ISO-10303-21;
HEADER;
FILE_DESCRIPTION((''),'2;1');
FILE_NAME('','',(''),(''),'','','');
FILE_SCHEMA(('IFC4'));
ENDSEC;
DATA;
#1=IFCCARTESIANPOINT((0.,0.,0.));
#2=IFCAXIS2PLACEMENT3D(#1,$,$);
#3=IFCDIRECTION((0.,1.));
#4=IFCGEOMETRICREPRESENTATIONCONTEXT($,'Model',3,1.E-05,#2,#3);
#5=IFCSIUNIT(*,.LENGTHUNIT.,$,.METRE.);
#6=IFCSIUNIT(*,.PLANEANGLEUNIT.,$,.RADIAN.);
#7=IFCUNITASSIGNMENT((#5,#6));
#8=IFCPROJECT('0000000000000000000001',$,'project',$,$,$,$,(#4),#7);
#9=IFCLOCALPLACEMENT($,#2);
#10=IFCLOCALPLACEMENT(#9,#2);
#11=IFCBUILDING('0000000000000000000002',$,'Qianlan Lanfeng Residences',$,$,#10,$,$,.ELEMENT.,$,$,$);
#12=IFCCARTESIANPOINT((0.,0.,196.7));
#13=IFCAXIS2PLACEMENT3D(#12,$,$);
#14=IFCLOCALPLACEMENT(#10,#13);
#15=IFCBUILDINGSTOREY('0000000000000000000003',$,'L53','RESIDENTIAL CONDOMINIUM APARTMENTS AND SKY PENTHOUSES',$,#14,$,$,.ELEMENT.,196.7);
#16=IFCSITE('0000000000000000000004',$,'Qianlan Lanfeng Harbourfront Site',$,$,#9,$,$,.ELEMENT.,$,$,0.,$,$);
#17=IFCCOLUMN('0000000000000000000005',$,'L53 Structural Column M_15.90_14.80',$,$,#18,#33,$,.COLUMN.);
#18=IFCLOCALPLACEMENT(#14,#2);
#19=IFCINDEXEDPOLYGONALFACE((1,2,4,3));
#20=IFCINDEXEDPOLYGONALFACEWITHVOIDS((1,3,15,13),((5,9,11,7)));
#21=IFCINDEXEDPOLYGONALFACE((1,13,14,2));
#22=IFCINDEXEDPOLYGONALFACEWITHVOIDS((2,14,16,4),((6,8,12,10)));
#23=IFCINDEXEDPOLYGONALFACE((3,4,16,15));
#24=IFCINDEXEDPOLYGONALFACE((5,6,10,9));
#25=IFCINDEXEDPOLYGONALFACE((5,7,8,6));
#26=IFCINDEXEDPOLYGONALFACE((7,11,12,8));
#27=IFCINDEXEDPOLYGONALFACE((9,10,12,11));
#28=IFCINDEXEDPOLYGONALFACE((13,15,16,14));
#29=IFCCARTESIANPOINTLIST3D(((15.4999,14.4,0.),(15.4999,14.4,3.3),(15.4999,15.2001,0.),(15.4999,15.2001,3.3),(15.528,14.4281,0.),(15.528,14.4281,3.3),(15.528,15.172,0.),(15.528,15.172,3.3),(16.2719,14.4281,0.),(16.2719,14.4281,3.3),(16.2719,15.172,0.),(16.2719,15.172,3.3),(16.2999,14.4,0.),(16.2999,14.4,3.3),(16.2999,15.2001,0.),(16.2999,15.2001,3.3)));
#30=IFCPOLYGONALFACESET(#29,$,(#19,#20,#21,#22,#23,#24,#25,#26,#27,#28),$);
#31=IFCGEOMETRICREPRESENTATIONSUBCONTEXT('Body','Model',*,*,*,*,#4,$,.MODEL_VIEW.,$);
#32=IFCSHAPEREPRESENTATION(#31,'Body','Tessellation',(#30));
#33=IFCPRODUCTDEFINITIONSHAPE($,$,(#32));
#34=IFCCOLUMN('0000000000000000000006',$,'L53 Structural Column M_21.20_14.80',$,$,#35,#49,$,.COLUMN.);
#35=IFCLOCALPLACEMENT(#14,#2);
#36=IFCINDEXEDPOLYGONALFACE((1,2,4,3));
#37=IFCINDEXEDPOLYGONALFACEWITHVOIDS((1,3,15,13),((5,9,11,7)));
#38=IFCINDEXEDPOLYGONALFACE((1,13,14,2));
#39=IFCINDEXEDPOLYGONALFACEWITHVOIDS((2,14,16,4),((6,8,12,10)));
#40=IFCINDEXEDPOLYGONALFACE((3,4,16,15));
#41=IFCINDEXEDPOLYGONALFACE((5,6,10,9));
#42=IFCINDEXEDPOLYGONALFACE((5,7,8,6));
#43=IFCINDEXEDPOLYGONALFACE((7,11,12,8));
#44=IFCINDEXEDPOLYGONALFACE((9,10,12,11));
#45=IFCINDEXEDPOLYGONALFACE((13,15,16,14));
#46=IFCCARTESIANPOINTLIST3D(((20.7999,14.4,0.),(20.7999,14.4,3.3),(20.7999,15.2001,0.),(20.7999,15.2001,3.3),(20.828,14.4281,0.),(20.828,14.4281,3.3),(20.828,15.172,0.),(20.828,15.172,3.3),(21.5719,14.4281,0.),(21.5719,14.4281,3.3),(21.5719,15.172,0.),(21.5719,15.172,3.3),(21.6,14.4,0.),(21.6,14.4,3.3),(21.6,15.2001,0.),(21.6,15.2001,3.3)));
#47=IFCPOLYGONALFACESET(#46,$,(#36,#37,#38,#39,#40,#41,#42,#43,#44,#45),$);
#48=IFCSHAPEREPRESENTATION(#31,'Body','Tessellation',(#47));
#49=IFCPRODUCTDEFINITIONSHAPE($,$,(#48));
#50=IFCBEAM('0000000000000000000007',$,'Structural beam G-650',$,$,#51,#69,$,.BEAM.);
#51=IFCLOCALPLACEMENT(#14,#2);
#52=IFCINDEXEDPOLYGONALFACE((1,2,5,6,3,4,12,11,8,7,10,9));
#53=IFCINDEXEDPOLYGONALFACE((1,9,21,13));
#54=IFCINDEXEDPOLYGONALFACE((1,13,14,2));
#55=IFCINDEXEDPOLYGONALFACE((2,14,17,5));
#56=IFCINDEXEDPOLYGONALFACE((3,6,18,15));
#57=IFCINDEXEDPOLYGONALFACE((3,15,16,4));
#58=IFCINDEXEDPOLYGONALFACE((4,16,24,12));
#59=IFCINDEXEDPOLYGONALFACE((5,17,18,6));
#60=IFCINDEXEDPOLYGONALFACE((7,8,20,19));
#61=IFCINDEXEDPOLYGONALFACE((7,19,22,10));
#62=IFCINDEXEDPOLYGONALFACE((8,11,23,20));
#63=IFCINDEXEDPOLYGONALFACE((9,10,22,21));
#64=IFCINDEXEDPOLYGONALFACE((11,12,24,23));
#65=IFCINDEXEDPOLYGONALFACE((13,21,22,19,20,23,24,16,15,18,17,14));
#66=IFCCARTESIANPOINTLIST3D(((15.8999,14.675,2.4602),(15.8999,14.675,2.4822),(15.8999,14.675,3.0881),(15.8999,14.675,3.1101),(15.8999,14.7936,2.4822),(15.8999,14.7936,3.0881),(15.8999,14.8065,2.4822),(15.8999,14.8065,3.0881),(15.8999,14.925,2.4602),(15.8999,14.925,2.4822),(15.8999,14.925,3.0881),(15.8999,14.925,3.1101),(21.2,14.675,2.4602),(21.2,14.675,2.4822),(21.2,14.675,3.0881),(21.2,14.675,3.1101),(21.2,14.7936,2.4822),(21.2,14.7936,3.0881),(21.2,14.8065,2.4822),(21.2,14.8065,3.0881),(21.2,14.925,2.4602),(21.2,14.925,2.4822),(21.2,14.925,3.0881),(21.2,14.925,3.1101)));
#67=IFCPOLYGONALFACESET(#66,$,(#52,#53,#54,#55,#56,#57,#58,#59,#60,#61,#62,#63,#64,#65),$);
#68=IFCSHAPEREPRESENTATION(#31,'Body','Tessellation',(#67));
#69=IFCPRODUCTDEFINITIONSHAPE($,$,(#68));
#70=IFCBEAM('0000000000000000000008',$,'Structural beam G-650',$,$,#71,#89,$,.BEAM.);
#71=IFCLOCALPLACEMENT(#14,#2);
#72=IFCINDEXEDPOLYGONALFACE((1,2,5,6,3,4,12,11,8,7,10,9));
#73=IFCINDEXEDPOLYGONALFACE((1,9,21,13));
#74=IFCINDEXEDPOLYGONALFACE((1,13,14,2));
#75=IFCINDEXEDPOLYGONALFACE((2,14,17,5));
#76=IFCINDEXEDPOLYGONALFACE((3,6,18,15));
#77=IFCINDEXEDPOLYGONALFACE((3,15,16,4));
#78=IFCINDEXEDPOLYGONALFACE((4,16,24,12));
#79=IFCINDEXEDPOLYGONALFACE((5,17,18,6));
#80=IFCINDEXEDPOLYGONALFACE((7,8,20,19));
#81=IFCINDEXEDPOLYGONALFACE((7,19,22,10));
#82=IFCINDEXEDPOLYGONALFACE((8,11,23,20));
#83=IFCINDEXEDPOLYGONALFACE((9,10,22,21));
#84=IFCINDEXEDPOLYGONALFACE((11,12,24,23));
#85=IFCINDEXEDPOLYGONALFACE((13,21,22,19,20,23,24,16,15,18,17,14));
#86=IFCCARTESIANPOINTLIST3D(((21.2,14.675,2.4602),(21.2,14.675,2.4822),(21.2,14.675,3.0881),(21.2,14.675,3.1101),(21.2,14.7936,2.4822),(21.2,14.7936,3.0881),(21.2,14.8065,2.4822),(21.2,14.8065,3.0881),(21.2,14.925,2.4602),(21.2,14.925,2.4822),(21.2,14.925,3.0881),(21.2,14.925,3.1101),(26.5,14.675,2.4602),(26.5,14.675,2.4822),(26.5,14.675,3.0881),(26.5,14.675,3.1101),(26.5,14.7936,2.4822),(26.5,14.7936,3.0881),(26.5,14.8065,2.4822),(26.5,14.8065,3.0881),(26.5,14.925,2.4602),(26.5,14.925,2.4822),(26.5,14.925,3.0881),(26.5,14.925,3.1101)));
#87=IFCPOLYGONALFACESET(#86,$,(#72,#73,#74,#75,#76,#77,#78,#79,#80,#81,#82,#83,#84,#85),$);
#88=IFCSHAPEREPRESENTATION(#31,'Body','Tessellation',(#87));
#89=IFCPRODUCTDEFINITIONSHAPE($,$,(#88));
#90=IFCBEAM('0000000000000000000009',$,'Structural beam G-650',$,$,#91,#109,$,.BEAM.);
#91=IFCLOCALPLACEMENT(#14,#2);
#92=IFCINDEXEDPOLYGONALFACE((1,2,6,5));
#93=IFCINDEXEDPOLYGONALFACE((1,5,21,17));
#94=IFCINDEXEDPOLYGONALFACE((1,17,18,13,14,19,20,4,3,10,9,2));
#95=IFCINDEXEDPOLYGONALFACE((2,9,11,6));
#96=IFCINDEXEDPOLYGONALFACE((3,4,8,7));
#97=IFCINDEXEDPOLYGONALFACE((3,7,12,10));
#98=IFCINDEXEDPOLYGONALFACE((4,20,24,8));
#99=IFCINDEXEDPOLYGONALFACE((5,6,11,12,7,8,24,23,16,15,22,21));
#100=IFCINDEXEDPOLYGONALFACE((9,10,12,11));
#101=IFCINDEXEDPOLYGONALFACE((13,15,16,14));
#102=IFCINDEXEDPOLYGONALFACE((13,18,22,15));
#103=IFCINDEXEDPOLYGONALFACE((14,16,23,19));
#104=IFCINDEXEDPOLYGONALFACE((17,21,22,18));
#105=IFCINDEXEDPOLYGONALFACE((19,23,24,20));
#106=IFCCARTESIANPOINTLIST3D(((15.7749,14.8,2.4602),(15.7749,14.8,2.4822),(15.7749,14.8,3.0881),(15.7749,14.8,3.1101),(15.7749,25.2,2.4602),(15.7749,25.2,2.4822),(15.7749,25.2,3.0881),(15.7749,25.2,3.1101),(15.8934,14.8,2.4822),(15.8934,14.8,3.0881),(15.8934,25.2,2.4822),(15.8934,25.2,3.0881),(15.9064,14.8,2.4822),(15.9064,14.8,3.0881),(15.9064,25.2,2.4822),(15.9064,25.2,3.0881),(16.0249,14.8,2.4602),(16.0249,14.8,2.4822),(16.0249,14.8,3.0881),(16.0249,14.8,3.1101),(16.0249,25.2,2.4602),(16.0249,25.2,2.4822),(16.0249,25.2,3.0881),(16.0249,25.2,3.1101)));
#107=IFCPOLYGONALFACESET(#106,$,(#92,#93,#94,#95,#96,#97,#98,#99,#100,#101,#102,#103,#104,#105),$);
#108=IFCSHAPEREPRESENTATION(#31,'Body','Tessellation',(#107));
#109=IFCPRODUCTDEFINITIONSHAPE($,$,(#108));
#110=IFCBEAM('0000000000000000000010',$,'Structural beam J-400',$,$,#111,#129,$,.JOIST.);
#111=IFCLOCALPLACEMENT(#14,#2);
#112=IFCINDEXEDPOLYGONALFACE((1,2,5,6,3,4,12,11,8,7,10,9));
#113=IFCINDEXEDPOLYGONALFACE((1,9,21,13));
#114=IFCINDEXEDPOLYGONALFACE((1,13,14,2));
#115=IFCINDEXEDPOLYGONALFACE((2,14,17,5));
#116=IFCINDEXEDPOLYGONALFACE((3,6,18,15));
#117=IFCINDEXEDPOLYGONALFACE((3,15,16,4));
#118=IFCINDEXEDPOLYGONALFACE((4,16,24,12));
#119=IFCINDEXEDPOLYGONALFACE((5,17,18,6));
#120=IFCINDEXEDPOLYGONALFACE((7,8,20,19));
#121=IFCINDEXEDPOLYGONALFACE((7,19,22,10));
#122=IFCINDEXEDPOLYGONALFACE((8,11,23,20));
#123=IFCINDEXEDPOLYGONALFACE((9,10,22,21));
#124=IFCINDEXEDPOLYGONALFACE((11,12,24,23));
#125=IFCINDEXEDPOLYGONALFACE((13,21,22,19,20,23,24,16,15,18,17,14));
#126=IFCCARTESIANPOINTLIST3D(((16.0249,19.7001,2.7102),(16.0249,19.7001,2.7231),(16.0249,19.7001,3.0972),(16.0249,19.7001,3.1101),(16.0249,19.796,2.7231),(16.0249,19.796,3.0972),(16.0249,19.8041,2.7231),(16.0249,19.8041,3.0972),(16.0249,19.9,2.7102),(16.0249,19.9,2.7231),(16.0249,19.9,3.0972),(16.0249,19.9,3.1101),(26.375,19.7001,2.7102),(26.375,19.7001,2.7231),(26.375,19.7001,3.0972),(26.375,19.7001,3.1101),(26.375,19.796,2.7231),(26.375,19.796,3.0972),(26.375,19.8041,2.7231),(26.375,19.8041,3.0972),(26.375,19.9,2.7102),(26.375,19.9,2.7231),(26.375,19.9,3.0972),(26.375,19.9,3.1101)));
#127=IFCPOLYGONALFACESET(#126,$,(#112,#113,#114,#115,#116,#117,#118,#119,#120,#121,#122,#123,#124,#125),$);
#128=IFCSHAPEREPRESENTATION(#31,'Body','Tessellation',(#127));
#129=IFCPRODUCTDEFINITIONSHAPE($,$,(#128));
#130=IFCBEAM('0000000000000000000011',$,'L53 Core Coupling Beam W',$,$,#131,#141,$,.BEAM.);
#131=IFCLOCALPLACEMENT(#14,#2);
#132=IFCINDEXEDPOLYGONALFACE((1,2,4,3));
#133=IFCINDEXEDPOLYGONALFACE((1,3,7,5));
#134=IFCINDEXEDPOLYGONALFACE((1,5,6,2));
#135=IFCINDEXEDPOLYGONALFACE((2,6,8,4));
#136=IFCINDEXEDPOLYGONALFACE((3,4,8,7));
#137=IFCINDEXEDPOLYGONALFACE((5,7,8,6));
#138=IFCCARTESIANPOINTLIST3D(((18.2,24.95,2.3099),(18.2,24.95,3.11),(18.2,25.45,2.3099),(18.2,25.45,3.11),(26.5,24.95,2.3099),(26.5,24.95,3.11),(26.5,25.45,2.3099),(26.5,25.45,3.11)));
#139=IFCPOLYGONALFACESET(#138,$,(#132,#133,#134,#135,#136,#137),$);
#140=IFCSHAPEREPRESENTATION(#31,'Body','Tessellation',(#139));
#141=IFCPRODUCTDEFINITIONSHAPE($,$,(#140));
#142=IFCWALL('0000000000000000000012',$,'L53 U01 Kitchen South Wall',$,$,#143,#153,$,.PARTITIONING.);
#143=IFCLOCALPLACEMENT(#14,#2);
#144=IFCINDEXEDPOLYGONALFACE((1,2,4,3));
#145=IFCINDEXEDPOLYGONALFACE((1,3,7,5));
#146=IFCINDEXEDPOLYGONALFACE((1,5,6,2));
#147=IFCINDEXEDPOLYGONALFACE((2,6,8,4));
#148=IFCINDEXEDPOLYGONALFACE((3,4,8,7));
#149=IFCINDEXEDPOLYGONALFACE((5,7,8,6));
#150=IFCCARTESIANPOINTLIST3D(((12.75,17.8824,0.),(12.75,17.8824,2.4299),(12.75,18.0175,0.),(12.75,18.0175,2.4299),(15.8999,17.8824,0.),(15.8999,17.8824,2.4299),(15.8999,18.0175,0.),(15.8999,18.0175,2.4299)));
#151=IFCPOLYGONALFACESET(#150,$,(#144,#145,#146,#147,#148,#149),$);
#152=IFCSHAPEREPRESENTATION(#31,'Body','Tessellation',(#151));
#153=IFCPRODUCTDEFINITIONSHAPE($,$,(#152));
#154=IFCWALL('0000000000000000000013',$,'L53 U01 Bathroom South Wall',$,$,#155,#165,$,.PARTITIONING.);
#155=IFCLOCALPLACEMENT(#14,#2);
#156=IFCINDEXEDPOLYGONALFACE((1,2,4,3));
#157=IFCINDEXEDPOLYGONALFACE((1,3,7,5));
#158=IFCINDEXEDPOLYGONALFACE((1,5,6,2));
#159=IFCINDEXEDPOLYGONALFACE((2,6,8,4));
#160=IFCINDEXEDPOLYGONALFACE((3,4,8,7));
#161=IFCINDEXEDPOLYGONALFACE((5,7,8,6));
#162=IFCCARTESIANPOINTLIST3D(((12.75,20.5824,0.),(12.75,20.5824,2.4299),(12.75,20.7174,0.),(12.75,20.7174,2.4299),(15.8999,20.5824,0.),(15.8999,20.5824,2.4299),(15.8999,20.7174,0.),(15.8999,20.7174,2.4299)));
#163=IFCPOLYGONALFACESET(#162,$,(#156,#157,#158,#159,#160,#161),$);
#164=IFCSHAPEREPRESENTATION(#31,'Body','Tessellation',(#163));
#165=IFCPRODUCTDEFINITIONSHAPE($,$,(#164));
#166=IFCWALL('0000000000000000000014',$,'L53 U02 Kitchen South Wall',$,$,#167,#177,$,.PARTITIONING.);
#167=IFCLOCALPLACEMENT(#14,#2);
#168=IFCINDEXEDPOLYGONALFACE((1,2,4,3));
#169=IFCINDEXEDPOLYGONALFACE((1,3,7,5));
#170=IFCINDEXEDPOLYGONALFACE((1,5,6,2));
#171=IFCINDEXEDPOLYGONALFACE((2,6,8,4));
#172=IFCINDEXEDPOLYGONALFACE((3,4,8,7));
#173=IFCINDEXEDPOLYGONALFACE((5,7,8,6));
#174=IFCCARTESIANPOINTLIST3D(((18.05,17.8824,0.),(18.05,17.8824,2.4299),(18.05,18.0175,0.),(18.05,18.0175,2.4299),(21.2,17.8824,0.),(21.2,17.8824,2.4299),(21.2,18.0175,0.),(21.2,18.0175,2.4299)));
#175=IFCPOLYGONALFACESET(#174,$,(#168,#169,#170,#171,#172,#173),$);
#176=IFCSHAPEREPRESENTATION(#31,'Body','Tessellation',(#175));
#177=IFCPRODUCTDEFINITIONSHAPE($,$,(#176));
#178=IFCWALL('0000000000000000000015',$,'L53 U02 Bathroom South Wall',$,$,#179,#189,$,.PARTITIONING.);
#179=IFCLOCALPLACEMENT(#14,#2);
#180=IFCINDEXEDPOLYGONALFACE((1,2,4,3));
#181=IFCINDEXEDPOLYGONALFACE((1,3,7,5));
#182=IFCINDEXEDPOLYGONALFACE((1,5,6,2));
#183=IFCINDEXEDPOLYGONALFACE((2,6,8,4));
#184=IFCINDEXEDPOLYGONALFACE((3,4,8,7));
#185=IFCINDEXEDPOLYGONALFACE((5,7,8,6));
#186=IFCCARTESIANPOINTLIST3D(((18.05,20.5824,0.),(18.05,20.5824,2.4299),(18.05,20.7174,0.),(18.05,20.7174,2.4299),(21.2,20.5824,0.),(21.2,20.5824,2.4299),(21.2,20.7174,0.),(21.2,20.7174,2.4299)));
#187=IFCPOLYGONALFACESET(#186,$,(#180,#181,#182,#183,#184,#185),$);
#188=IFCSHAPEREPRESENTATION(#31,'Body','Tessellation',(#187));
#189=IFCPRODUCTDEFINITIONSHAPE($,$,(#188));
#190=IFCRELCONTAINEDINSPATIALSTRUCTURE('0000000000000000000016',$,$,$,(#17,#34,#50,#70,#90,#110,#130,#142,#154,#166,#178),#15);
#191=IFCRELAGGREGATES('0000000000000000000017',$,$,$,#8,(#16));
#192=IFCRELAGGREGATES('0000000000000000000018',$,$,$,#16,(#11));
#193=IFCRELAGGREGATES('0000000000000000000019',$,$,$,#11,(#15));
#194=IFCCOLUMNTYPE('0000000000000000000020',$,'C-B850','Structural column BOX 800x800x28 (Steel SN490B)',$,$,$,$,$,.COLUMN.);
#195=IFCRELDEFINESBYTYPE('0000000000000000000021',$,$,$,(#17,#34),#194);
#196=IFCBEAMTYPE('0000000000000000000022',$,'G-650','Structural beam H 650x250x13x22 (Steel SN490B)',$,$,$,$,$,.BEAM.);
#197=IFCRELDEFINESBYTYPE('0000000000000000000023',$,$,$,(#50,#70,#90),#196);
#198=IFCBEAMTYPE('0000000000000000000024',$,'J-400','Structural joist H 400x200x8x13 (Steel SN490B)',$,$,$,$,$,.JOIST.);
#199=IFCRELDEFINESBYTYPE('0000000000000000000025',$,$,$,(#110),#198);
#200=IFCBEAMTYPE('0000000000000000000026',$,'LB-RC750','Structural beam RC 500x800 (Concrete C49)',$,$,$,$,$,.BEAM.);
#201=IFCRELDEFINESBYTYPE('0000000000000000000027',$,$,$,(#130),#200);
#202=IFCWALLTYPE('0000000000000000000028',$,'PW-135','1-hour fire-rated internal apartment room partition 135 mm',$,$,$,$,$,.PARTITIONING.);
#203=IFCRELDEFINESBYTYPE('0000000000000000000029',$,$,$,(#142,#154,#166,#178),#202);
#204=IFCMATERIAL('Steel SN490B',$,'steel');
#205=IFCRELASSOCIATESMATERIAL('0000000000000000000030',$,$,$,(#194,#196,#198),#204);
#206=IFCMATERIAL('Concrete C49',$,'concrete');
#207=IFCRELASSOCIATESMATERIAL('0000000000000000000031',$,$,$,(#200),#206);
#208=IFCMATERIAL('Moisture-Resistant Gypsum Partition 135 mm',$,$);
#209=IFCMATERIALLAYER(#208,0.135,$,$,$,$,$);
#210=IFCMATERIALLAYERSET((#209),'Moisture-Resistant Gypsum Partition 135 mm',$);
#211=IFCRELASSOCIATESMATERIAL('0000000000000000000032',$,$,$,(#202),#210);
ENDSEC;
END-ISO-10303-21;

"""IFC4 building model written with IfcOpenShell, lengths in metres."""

from ifc_helpers import new_model, si_unit, direction, frame, frame_2d, origin, origin_2d, place, context, subcontext, project, spatial, rectangle, hollow_rectangle, i_section, extrude, material, layer, layer_set, material_profile, profile_set, type_object, element, save


model = new_model("IFC4")

# Units and contexts
model_context = context("Model", 3, precision=1e-05, world=origin(), true_north=direction((0.0, 1.0)))
body_context = subcontext(model_context, "Body", "Model", "MODEL_VIEW")
ifc_project = project(units=[si_unit("LENGTHUNIT", "METRE"), si_unit("PLANEANGLEUNIT", "RADIAN")], contexts=[model_context])

# Site, building, storey
site_placement = place(None, origin())
site = spatial("IfcSite", under=ifc_project, at=site_placement, Name="Qianlan Lanfeng Harbourfront Site", CompositionType="ELEMENT", RefElevation=0.0)
building_placement = place(site_placement, origin())
building = spatial("IfcBuilding", under=site, at=building_placement, Name="Qianlan Lanfeng Residences", CompositionType="ELEMENT")
storey_placement = place(building_placement, frame((0.0, 0.0, 196.7)))
storey = spatial("IfcBuildingStorey", under=building, at=storey_placement, Name="L53", Description="RESIDENTIAL CONDOMINIUM APARTMENTS AND SKY PENTHOUSES", CompositionType="ELEMENT", Elevation=196.7)

# Columns
ifc_material_1 = material(Name="Steel SN490B", Category="steel")
ifc_material_profile_1 = material_profile(ifc_material_1, hollow_rectangle(XDim=0.8, YDim=0.8, WallThickness=0.0281, at=origin_2d()), Name="BOX 800x800x28")
ifc_profile_set_1 = profile_set([ifc_material_profile_1], Name="Steel SN490B")
column_type = type_object("IfcColumnType", Name="C-B850", Description="Structural column BOX 800x800x28 (Steel SN490B)", PredefinedType="COLUMN", material=ifc_profile_set_1)
for number, where, z_axis, x_axis, name in (
    (1, (15.8999, 14.8, 0.0), (0.0, 0.0, 1.0), (1.0, 0.0, 0.0), "L53 Structural Column M_15.90_14.80"),
    (2, (21.2, 14.8, 0.0), (0.0, 0.0, 1.0), (1.0, 0.0, 0.0), "L53 Structural Column M_21.20_14.80"),
):
    element("IfcColumn", number, at=place(storey_placement, frame(where, z_axis=z_axis, x_axis=x_axis)), inside=storey, type_object=column_type, Name=name, PredefinedType="COLUMN", context=body_context, shape_type="SweptSolid", body=[
        extrude(hollow_rectangle(XDim=0.8, YDim=0.8, WallThickness=0.0281, at=origin_2d()), origin(), (0.0, 0.0, 1.0), 3.3),
    ])

# Beams
ifc_material_profile_2 = material_profile(ifc_material_1, i_section(OverallWidth=0.25, OverallDepth=0.6499, WebThickness=0.0129, FlangeThickness=0.022, at=origin_2d()), Name="H 650x250x13x22")
ifc_profile_set_2 = profile_set([ifc_material_profile_2], Name="Steel SN490B")
beam_type_1 = type_object("IfcBeamType", Name="G-650", Description="Structural beam H 650x250x13x22 (Steel SN490B)", PredefinedType="BEAM", material=ifc_profile_set_2)
for number, where, z_axis, x_axis, name in (
    (3, (15.8999, 14.8, 2.7852), (1.0, 0.0, 0.0), (0.0, 1.0, 0.0), "Structural beam G-650"),
    (4, (21.2, 14.8, 2.7852), (1.0, 0.0, 0.0), (0.0, 1.0, 0.0), "Structural beam G-650"),
):
    element("IfcBeam", number, at=place(storey_placement, frame(where, z_axis=z_axis, x_axis=x_axis)), inside=storey, type_object=beam_type_1, Name=name, PredefinedType="BEAM", context=body_context, shape_type="SweptSolid", body=[
        extrude(i_section(OverallWidth=0.25, OverallDepth=0.6499, WebThickness=0.0129, FlangeThickness=0.022, at=origin_2d()), origin(), (0.0, 0.0, 1.0), 5.3),
    ])
beam_1_placement = place(storey_placement, frame((15.8999, 14.8, 2.7852), z_axis=(0.0, 1.0, 0.0), x_axis=(-1.0, 0.0, 0.0)))
element("IfcBeam", 5, at=beam_1_placement, inside=storey, type_object=beam_type_1, Name="Structural beam G-650", PredefinedType="BEAM", context=body_context, shape_type="SweptSolid", body=[
    extrude(i_section(OverallWidth=0.25, OverallDepth=0.6499, WebThickness=0.0129, FlangeThickness=0.022, at=origin_2d()), origin(), (0.0, 0.0, 1.0), 10.3999),
])
ifc_material_profile_3 = material_profile(ifc_material_1, i_section(OverallWidth=0.2, OverallDepth=0.3999, WebThickness=0.0081, FlangeThickness=0.0129, at=origin_2d()), Name="H 400x200x8x13")
ifc_profile_set_3 = profile_set([ifc_material_profile_3], Name="Steel SN490B")
beam_type_2 = type_object("IfcBeamType", Name="J-400", Description="Structural joist H 400x200x8x13 (Steel SN490B)", PredefinedType="JOIST", material=ifc_profile_set_3)
beam_2_placement = place(storey_placement, frame((16.0249, 19.8, 2.9102), z_axis=(1.0, 0.0, 0.0), x_axis=(0.0, 1.0, 0.0)))
element("IfcBeam", 6, at=beam_2_placement, inside=storey, type_object=beam_type_2, Name="Structural beam J-400", PredefinedType="JOIST", context=body_context, shape_type="SweptSolid", body=[
    extrude(i_section(OverallWidth=0.2, OverallDepth=0.3999, WebThickness=0.0081, FlangeThickness=0.0129, at=origin_2d()), origin(), (0.0, 0.0, 1.0), 10.3501),
])
ifc_material_2 = material(Name="Concrete C49", Category="concrete")
ifc_material_profile_4 = material_profile(ifc_material_2, rectangle(XDim=0.5, YDim=0.8, at=origin_2d()), Name="RC 500x800")
ifc_profile_set_4 = profile_set([ifc_material_profile_4], Name="Concrete C49")
beam_type_3 = type_object("IfcBeamType", Name="LB-RC750", Description="Structural beam RC 500x800 (Concrete C49)", PredefinedType="BEAM", material=ifc_profile_set_4)
beam_3_placement = place(storey_placement, frame((18.2, 25.2, 2.71), z_axis=(1.0, 0.0, 0.0), x_axis=(0.0, 1.0, 0.0)))
element("IfcBeam", 7, at=beam_3_placement, inside=storey, type_object=beam_type_3, Name="L53 Core Coupling Beam W", PredefinedType="BEAM", context=body_context, shape_type="SweptSolid", body=[
    extrude(rectangle(XDim=0.5, YDim=0.8, at=origin_2d()), origin(), (0.0, 0.0, 1.0), 8.3),
])

# Shared definitions
ifc_material_3 = material(Name="Moisture-Resistant Gypsum Partition 135 mm")
ifc_layer_1 = layer(ifc_material_3, 0.135)
ifc_layer_set_1 = layer_set([ifc_layer_1], Name="Moisture-Resistant Gypsum Partition 135 mm")
wall_type_1 = type_object("IfcWallType", Name="PW-135", Description="1-hour fire-rated internal apartment room partition 135 mm", PredefinedType="PARTITIONING", material=ifc_layer_set_1)

# Walls
for number, where, z_axis, x_axis, name in (
    (8, (12.75, 17.95, 0.0), (0.0, 0.0, 1.0), (1.0, 0.0, 0.0), "L53 U01 Kitchen South Wall"),
    (9, (12.75, 20.6499, 0.0), (0.0, 0.0, 1.0), (1.0, 0.0, 0.0), "L53 U01 Bathroom South Wall"),
):
    element("IfcWall", number, at=place(storey_placement, frame(where, z_axis=z_axis, x_axis=x_axis)), inside=storey, type_object=wall_type_1, Name=name, PredefinedType="PARTITIONING", context=body_context, shape_type="SweptSolid", body=[
        extrude(rectangle(XDim=3.1499, YDim=0.135, at=frame_2d((1.575, 0.0))), origin(), (0.0, 0.0, 1.0), 2.4299),
    ])

# Walls
for number, where, z_axis, x_axis, name in (
    (10, (18.05, 17.95, 0.0), (0.0, 0.0, 1.0), (1.0, 0.0, 0.0), "L53 U02 Kitchen South Wall"),
    (11, (18.05, 20.6499, 0.0), (0.0, 0.0, 1.0), (1.0, 0.0, 0.0), "L53 U02 Bathroom South Wall"),
):
    element("IfcWall", number, at=place(storey_placement, frame(where, z_axis=z_axis, x_axis=x_axis)), inside=storey, type_object=wall_type_1, Name=name, PredefinedType="PARTITIONING", context=body_context, shape_type="SweptSolid", body=[
        extrude(rectangle(XDim=3.1499, YDim=0.135, at=frame_2d((1.575, 0.0))), origin(), (0.0, 0.0, 1.0), 2.4299),
    ])

save(model, "model.ifc")
